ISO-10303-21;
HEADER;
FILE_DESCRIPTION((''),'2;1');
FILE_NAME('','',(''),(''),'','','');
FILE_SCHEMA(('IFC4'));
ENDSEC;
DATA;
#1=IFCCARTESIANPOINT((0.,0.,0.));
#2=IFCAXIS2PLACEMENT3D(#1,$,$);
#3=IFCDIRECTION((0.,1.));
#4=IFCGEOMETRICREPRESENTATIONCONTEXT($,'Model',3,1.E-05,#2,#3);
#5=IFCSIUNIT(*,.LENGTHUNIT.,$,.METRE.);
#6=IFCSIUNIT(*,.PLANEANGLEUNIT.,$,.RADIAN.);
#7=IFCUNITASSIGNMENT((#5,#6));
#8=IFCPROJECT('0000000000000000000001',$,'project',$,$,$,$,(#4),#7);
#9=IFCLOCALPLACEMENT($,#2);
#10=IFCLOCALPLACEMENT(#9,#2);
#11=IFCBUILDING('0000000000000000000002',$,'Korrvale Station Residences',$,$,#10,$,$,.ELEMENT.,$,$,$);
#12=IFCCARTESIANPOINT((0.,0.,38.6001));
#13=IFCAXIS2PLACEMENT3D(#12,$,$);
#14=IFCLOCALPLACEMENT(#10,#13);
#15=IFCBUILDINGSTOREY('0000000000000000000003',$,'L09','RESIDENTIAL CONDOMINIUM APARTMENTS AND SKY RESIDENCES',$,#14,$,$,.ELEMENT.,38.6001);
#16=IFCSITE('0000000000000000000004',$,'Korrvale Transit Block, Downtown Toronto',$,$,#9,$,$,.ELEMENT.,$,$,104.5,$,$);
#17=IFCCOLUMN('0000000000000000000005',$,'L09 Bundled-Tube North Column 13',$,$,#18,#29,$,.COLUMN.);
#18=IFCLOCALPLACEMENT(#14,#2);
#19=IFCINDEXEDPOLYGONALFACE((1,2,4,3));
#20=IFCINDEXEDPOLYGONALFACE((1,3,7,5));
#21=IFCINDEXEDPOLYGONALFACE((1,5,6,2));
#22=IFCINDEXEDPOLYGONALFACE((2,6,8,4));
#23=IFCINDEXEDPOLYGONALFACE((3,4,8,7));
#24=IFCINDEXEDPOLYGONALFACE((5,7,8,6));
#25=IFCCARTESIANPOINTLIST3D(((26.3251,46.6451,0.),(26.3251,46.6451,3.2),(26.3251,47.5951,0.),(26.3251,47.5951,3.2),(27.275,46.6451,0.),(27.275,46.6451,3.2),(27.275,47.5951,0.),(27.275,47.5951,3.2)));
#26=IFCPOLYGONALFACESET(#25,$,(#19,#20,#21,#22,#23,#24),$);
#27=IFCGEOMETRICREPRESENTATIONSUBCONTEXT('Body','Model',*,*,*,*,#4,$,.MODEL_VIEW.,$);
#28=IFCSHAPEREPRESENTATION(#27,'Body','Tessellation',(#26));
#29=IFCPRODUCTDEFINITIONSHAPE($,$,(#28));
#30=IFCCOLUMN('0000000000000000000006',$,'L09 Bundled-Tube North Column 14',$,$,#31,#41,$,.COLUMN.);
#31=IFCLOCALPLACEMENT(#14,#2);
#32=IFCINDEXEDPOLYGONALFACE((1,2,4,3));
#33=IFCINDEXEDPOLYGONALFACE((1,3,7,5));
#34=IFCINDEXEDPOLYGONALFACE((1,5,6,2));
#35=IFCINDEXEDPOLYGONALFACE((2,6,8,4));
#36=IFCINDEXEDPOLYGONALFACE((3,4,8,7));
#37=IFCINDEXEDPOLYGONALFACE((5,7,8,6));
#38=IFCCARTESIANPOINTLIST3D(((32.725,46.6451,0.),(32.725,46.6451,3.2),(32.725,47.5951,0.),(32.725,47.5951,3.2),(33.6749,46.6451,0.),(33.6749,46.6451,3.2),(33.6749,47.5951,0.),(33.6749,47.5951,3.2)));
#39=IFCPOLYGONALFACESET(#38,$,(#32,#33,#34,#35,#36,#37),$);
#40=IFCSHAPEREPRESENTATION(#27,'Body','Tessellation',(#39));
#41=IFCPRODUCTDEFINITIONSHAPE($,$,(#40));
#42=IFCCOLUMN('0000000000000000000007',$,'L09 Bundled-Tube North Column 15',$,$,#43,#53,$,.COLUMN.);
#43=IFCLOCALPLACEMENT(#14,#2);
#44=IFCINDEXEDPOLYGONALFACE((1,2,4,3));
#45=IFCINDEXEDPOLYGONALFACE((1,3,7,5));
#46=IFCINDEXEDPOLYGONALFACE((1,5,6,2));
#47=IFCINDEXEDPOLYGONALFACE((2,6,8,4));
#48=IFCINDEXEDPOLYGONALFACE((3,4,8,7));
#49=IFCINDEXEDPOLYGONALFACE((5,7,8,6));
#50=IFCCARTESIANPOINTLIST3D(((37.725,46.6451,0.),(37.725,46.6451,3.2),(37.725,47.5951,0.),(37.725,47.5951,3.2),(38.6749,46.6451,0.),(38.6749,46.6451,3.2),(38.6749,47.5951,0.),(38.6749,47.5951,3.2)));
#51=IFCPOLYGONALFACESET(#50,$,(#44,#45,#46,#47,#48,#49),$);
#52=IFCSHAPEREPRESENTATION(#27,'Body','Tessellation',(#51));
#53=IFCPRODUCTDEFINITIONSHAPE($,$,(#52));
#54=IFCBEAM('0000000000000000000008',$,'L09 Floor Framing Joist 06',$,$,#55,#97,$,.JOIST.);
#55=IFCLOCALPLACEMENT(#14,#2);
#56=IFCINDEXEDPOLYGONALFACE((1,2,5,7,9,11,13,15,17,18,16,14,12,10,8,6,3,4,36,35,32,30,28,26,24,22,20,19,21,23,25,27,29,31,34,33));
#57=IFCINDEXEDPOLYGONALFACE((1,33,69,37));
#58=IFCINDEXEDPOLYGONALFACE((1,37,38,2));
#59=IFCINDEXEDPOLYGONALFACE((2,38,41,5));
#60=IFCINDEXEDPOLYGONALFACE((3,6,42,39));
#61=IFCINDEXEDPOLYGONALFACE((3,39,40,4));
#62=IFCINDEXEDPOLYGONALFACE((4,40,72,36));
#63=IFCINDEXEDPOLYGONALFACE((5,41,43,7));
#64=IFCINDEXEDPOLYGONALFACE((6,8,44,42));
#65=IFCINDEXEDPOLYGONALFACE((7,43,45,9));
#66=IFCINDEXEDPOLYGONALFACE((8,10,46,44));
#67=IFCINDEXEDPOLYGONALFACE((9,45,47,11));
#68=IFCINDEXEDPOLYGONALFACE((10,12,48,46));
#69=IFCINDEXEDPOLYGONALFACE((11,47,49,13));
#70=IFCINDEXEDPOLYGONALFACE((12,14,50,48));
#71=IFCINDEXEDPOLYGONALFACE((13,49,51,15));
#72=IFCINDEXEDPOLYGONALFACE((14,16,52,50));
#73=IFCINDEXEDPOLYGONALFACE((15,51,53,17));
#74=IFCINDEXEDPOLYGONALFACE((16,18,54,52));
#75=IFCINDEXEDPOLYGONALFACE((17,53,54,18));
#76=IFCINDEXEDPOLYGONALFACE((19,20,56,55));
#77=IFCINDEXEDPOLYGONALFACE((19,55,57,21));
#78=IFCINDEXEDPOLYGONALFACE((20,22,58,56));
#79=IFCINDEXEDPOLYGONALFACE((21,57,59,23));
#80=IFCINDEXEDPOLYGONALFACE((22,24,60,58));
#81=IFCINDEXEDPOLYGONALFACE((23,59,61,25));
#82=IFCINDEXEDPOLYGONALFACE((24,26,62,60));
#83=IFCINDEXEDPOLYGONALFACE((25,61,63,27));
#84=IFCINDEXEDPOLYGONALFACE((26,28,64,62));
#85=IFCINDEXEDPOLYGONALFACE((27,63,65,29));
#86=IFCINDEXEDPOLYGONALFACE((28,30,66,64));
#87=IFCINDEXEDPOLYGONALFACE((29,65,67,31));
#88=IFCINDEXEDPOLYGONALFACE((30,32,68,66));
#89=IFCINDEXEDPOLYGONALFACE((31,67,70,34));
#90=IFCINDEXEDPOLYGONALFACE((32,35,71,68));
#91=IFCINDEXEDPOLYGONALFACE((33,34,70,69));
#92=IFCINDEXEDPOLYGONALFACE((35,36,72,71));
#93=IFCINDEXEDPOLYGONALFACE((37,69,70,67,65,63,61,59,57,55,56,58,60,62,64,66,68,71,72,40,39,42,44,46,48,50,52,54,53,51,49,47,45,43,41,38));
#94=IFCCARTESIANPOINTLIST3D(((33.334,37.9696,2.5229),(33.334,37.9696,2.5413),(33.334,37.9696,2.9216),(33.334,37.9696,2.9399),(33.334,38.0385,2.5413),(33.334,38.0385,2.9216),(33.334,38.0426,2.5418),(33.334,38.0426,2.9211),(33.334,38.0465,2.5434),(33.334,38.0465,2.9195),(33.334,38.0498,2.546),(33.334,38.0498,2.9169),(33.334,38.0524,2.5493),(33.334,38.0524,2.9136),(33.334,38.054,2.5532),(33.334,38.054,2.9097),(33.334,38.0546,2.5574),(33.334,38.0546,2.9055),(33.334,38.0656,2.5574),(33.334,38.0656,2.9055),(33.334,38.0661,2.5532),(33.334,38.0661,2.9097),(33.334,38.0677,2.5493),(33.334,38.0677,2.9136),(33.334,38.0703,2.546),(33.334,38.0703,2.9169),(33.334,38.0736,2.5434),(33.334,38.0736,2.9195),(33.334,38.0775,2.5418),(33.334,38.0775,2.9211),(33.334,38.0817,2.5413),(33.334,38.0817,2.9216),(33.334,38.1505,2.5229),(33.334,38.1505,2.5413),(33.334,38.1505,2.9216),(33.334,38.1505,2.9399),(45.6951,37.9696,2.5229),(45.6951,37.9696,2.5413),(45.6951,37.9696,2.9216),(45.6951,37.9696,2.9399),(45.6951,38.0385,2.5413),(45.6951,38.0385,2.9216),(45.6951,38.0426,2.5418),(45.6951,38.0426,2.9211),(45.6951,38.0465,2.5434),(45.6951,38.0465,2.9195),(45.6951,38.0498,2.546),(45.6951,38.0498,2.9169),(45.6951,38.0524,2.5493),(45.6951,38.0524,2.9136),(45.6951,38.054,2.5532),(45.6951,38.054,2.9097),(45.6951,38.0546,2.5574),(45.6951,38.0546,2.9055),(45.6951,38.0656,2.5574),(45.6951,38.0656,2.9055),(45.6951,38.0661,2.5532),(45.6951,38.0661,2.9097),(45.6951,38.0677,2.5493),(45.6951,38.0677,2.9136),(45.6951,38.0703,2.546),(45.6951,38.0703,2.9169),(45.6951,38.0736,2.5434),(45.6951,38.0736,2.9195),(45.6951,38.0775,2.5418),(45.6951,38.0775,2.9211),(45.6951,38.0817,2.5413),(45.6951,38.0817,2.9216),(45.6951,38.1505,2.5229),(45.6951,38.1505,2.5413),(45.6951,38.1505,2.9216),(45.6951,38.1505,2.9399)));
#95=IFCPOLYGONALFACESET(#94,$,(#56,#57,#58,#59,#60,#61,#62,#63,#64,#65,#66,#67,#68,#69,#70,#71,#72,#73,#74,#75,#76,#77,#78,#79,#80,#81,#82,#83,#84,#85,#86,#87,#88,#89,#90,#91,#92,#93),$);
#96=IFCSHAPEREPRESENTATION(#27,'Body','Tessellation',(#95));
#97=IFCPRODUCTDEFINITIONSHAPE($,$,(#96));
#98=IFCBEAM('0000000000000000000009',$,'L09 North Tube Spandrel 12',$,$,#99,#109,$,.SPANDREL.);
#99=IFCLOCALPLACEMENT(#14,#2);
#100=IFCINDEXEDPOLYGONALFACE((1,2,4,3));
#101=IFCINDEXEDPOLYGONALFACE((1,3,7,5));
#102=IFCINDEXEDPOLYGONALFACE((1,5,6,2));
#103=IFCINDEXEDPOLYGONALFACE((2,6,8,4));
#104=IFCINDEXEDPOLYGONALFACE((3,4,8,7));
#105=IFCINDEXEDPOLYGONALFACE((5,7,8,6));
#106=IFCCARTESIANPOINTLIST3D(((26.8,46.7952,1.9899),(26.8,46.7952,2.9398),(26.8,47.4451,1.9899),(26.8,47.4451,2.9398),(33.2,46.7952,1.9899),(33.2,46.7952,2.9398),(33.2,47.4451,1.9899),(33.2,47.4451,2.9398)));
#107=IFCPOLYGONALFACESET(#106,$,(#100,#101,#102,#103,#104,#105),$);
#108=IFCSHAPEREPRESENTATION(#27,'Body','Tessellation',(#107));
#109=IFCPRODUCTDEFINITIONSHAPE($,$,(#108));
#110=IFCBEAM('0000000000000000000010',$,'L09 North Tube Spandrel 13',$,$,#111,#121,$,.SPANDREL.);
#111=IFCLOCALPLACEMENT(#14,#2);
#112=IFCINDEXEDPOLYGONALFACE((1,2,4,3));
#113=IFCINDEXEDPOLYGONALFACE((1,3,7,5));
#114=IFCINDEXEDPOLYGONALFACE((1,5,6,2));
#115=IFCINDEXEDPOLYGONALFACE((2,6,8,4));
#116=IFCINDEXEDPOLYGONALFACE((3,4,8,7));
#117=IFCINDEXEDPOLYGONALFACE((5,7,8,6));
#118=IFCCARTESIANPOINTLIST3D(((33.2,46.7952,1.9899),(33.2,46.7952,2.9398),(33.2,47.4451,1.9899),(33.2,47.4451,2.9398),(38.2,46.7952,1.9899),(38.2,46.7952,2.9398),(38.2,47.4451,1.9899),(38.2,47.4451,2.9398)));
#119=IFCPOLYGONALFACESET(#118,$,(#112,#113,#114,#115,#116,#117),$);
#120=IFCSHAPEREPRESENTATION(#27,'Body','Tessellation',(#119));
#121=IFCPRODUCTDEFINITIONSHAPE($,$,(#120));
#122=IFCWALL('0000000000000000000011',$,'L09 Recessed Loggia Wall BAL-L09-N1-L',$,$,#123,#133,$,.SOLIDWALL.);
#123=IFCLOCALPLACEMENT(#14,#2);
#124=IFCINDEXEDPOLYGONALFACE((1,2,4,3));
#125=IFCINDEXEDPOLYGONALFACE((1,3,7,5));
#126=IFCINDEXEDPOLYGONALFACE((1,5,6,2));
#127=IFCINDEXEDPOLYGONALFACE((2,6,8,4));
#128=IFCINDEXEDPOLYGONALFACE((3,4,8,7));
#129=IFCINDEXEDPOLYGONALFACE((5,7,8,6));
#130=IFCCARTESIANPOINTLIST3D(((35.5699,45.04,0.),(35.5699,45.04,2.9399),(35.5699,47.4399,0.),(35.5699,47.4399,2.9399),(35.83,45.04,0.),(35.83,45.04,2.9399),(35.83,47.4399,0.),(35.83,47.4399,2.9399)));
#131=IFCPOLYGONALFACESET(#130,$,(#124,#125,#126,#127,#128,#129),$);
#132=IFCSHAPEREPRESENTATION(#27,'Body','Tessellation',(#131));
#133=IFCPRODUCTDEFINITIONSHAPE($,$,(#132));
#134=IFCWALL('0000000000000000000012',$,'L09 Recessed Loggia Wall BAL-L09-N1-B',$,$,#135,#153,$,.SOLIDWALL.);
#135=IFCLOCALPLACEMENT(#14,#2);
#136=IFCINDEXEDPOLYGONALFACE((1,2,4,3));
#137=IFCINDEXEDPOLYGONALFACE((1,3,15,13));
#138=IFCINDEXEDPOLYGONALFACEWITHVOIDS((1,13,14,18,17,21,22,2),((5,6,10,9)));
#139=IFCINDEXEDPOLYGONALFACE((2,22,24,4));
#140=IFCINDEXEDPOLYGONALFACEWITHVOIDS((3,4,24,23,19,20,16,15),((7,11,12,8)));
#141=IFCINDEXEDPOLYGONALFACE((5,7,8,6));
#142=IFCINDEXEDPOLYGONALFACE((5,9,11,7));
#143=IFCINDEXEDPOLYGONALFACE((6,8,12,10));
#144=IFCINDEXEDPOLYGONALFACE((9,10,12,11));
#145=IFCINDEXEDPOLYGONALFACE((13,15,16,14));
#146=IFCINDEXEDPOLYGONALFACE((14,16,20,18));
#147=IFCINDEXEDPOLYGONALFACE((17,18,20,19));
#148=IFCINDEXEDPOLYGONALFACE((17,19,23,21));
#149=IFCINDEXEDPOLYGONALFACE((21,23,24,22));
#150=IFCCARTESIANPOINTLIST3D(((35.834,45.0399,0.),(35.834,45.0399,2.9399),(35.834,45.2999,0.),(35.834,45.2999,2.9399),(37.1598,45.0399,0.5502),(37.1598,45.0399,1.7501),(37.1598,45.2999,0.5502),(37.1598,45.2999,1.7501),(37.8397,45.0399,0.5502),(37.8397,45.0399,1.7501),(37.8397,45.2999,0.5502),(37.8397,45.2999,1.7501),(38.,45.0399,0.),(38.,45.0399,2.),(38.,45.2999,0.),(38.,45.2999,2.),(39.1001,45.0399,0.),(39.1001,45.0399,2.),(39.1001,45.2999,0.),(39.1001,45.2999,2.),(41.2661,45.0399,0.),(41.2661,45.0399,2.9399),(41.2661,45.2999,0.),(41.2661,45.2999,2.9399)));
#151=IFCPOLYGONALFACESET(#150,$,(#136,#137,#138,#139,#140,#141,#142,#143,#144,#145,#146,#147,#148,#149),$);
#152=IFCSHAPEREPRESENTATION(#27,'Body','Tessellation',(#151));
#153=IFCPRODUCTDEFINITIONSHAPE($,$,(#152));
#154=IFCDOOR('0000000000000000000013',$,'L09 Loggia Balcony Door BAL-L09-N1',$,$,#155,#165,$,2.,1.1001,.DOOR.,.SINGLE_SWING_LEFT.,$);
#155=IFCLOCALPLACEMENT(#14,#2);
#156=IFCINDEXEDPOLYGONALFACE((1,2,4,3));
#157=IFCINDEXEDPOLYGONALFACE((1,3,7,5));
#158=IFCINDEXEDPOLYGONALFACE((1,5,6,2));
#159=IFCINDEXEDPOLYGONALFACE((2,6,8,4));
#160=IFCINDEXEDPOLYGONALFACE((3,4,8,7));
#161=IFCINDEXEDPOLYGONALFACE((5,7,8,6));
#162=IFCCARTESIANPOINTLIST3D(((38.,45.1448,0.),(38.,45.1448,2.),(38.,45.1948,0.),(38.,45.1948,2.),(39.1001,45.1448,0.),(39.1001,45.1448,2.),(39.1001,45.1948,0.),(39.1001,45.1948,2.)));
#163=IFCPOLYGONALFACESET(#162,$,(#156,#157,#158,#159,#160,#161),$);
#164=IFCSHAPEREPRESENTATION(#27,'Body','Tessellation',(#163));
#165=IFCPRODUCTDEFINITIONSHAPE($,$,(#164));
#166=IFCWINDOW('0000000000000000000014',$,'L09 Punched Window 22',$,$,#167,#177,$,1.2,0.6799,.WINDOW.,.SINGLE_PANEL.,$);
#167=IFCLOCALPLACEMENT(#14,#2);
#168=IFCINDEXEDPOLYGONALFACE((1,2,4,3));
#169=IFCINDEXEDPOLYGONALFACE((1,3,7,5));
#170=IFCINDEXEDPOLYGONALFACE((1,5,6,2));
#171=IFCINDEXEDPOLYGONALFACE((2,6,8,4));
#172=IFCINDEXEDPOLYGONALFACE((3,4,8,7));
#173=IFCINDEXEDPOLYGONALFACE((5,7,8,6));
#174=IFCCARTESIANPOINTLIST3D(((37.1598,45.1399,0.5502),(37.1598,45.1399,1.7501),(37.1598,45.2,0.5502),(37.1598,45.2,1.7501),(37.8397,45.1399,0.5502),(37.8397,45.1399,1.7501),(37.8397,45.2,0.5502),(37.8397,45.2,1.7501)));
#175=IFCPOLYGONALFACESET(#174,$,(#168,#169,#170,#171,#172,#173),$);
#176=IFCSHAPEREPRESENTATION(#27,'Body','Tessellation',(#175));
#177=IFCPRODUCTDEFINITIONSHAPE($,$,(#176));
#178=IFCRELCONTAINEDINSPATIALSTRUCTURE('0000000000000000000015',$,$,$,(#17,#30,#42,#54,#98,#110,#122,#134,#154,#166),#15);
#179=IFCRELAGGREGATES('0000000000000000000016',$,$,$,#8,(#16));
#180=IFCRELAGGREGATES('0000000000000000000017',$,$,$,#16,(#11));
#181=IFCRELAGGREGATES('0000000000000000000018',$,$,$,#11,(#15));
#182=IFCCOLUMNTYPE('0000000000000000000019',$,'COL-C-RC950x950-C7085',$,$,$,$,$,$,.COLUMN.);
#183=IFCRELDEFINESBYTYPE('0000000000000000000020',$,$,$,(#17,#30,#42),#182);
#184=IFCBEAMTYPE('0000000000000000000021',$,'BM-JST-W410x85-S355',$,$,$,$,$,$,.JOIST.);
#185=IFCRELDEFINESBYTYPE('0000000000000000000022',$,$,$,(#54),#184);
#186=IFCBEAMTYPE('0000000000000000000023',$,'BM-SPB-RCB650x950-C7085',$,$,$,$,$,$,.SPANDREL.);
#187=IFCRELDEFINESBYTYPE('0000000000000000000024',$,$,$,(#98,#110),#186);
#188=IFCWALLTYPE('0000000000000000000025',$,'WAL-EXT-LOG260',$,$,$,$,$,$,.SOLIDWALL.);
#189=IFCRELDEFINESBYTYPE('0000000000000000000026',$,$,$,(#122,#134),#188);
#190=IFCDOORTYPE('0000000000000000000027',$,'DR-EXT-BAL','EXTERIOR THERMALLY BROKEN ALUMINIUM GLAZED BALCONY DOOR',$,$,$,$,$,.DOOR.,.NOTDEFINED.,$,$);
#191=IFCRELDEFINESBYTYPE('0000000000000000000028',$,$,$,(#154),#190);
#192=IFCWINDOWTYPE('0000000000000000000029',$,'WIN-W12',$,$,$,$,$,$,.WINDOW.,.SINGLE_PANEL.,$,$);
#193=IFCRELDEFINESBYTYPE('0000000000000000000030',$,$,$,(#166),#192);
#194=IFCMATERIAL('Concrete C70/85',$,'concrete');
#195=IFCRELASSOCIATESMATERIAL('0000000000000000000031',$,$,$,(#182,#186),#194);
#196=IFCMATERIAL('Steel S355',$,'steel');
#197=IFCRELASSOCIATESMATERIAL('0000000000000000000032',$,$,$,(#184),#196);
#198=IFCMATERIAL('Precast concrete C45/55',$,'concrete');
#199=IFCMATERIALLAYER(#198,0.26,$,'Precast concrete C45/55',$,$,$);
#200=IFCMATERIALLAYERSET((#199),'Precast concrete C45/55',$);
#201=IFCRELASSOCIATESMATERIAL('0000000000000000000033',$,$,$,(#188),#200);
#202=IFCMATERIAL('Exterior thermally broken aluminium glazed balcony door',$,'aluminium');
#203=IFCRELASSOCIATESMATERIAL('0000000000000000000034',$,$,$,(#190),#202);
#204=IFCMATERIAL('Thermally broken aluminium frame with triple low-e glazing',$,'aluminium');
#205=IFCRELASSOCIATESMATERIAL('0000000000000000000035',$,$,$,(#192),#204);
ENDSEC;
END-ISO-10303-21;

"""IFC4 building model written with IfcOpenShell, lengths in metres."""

from ifc_helpers import new_model, si_unit, direction, frame, frame_2d, origin, origin_2d, place, context, subcontext, project, spatial, rectangle, i_section, extrude, material, layer, layer_set, material_profile, profile_set, type_object, element, fill, save


model = new_model("IFC4")

# Units and contexts
model_context = context("Model", 3, precision=1e-05, world=origin(), true_north=direction((0.0, 1.0)))
body_context = subcontext(model_context, "Body", "Model", "MODEL_VIEW")
ifc_project = project(units=[si_unit("LENGTHUNIT", "METRE"), si_unit("PLANEANGLEUNIT", "RADIAN")], contexts=[model_context])

# Site, building, storey
site_placement = place(None, origin())
site = spatial("IfcSite", under=ifc_project, at=site_placement, Name="Korrvale Transit Block, Downtown Toronto", CompositionType="ELEMENT", RefElevation=104.5)
building_placement = place(site_placement, origin())
building = spatial("IfcBuilding", under=site, at=building_placement, Name="Korrvale Station Residences", CompositionType="ELEMENT")
storey_placement = place(building_placement, frame((0.0, 0.0, 38.6001)))
storey = spatial("IfcBuildingStorey", under=building, at=storey_placement, Name="L09", Description="RESIDENTIAL CONDOMINIUM APARTMENTS AND SKY RESIDENCES", CompositionType="ELEMENT", Elevation=38.6001)

# Columns
ifc_material_1 = material(Name="Concrete C70/85", Category="concrete")
ifc_material_profile_1 = material_profile(ifc_material_1, rectangle(XDim=0.95, YDim=0.95, at=origin_2d()), Name="RC950x950")
ifc_profile_set_1 = profile_set([ifc_material_profile_1], Name="Concrete C70/85")
column_type = type_object("IfcColumnType", Name="COL-C-RC950x950-C7085", PredefinedType="COLUMN", material=ifc_profile_set_1)
for number, where, z_axis, x_axis, name in (
    (1, (26.8, 47.1201, 0.0), (0.0, 0.0, 1.0), (1.0, 0.0, 0.0), "L09 Bundled-Tube North Column 13"),
    (2, (33.2, 47.1201, 0.0), (0.0, 0.0, 1.0), (1.0, 0.0, 0.0), "L09 Bundled-Tube North Column 14"),
    (3, (38.2, 47.1201, 0.0), (0.0, 0.0, 1.0), (1.0, 0.0, 0.0), "L09 Bundled-Tube North Column 15"),
):
    element("IfcColumn", number, at=place(storey_placement, frame(where, z_axis=z_axis, x_axis=x_axis)), inside=storey, type_object=column_type, Name=name, PredefinedType="COLUMN", context=body_context, shape_type="SweptSolid", body=[
        extrude(rectangle(XDim=0.95, YDim=0.95, at=origin_2d()), origin(), (0.0, 0.0, 1.0), 3.2),
    ])

# Beams
ifc_material_2 = material(Name="Steel S355", Category="steel")
ifc_material_profile_2 = material_profile(ifc_material_2, i_section(OverallWidth=0.1809, OverallDepth=0.417, WebThickness=0.011, FlangeThickness=0.0183, FilletRadius=0.0161, at=origin_2d()), Name="W410x85")
ifc_profile_set_2 = profile_set([ifc_material_profile_2], Name="Steel S355")
beam_type_1 = type_object("IfcBeamType", Name="BM-JST-W410x85-S355", PredefinedType="JOIST", material=ifc_profile_set_2)
beam_1_placement = place(storey_placement, frame((33.334, 38.0601, 2.7314), z_axis=(1.0, 0.0, 0.0), x_axis=(0.0, 1.0, 0.0)))
element("IfcBeam", 4, at=beam_1_placement, inside=storey, type_object=beam_type_1, Name="L09 Floor Framing Joist 06", PredefinedType="JOIST", context=body_context, shape_type="SweptSolid", body=[
    extrude(i_section(OverallWidth=0.1809, OverallDepth=0.417, WebThickness=0.011, FlangeThickness=0.0183, FilletRadius=0.0161, at=origin_2d()), origin(), (0.0, 0.0, 1.0), 12.3611),
])
ifc_material_profile_3 = material_profile(ifc_material_1, rectangle(XDim=0.6499, YDim=0.95, at=origin_2d()), Name="RCB650x950")
ifc_profile_set_3 = profile_set([ifc_material_profile_3], Name="Concrete C70/85")
beam_type_2 = type_object("IfcBeamType", Name="BM-SPB-RCB650x950-C7085", PredefinedType="SPANDREL", material=ifc_profile_set_3)
beam_2_placement = place(storey_placement, frame((26.8, 47.1201, 2.4648), z_axis=(1.0, 0.0, 0.0), x_axis=(0.0, 1.0, 0.0)))
element("IfcBeam", 5, at=beam_2_placement, inside=storey, type_object=beam_type_2, Name="L09 North Tube Spandrel 12", PredefinedType="SPANDREL", context=body_context, shape_type="SweptSolid", body=[
    extrude(rectangle(XDim=0.6499, YDim=0.95, at=origin_2d()), origin(), (0.0, 0.0, 1.0), 6.3999),
])
beam_3_placement = place(storey_placement, frame((33.2, 47.1201, 2.4648), z_axis=(1.0, 0.0, 0.0), x_axis=(0.0, 1.0, 0.0)))
element("IfcBeam", 6, at=beam_3_placement, inside=storey, type_object=beam_type_2, Name="L09 North Tube Spandrel 13", PredefinedType="SPANDREL", context=body_context, shape_type="SweptSolid", body=[
    extrude(rectangle(XDim=0.6499, YDim=0.95, at=origin_2d()), origin(), (0.0, 0.0, 1.0), 5.0),
])

# Wall
ifc_material_3 = material(Name="Precast concrete C45/55", Category="concrete")
ifc_layer_1 = layer(ifc_material_3, 0.26, Name="Precast concrete C45/55")
ifc_layer_set_1 = layer_set([ifc_layer_1], Name="Precast concrete C45/55")
wall_type = type_object("IfcWallType", Name="WAL-EXT-LOG260", PredefinedType="SOLIDWALL", material=ifc_layer_set_1)
wall_1_placement = place(storey_placement, frame((35.7, 47.4399, 0.0), z_axis=(0.0, 0.0, 1.0), x_axis=(0.0, -1.0, 0.0)))
element("IfcWall", 7, at=wall_1_placement, inside=storey, type_object=wall_type, Name="L09 Recessed Loggia Wall BAL-L09-N1-L", PredefinedType="SOLIDWALL", context=body_context, shape_type="SweptSolid", body=[
    extrude(rectangle(XDim=2.3999, YDim=0.26, at=frame_2d((1.2, 0.0))), origin(), (0.0, 0.0, 1.0), 2.9399),
])

# Wall, openings, door, window
wall_2_placement = place(storey_placement, frame((35.834, 45.1699, 0.0), z_axis=(0.0, 0.0, 1.0), x_axis=(1.0, 0.0, 0.0)))
wall_2 = element("IfcWall", 8, at=wall_2_placement, inside=storey, type_object=wall_type, Name="L09 Recessed Loggia Wall BAL-L09-N1-B", PredefinedType="SOLIDWALL", context=body_context, shape_type="SweptSolid", body=[
    extrude(rectangle(XDim=5.4321, YDim=0.26, at=frame_2d((2.7161, 0.0))), origin(), (0.0, 0.0, 1.0), 2.9399),
])
opening_1_placement = place(wall_2_placement, frame((2.166, 0.0, 0.0)))
opening_1 = element("IfcOpeningElement", 9, at=opening_1_placement, cuts=wall_2, PredefinedType="OPENING", context=body_context, shape_type="SweptSolid", body=[
    extrude(rectangle(XDim=1.1001, YDim=2.0, at=frame_2d((0.55, 1.0))), frame((0.0, 0.1401, 0.0), z_axis=(0.0, -1.0, 0.0), x_axis=(1.0, 0.0, 0.0)), (0.0, 0.0, 1.0), 0.28),
])
opening_2_placement = place(wall_2_placement, frame((1.3259, 0.0, 0.55)))
opening_2 = element("IfcOpeningElement", 10, at=opening_2_placement, cuts=wall_2, PredefinedType="OPENING", context=body_context, shape_type="SweptSolid", body=[
    extrude(rectangle(XDim=0.6799, YDim=1.2, at=frame_2d((0.3398, 0.6001))), frame((0.0, 0.1401, 0.0), z_axis=(0.0, -1.0, 0.0), x_axis=(1.0, 0.0, 0.0)), (0.0, 0.0, 1.0), 0.28),
])
ifc_material_4 = material(Name="Exterior thermally broken aluminium glazed balcony door", Category="aluminium")
door_type = type_object("IfcDoorType", Name="DR-EXT-BAL", Description="EXTERIOR THERMALLY BROKEN ALUMINIUM GLAZED BALCONY DOOR", OperationType="NOTDEFINED", PredefinedType="DOOR", material=ifc_material_4)
door_placement = place(opening_1_placement, origin())
door = element("IfcDoor", 11, at=door_placement, inside=storey, type_object=door_type, Name="L09 Loggia Balcony Door BAL-L09-N1", OperationType="SINGLE_SWING_LEFT", OverallHeight=2.0, OverallWidth=1.1001, PredefinedType="DOOR", context=body_context, shape_type="SweptSolid", body=[
    extrude(rectangle(XDim=1.1001, YDim=2.0, at=frame_2d((0.55, 1.0))), frame((0.0, 0.0249, 0.0), z_axis=(0.0, -1.0, 0.0), x_axis=(1.0, 0.0, 0.0)), (0.0, 0.0, 1.0), 0.05),
])
fill(opening_1, door)
ifc_material_5 = material(Name="Thermally broken aluminium frame with triple low-e glazing", Category="aluminium")
window_type = type_object("IfcWindowType", Name="WIN-W12", PartitioningType="SINGLE_PANEL", PredefinedType="WINDOW", material=ifc_material_5)
window_placement = place(opening_2_placement, origin())
window = element("IfcWindow", 12, at=window_placement, inside=storey, type_object=window_type, Name="L09 Punched Window 22", OverallHeight=1.2, OverallWidth=0.6799, PartitioningType="SINGLE_PANEL", PredefinedType="WINDOW", context=body_context, shape_type="SweptSolid", body=[
    extrude(rectangle(XDim=0.6799, YDim=1.2, at=frame_2d((0.3398, 0.6001))), frame((0.0, 0.03, 0.0), z_axis=(0.0, -1.0, 0.0), x_axis=(1.0, 0.0, 0.0)), (0.0, 0.0, 1.0), 0.0601),
])
fill(opening_2, window)

save(model, "model.ifc")
